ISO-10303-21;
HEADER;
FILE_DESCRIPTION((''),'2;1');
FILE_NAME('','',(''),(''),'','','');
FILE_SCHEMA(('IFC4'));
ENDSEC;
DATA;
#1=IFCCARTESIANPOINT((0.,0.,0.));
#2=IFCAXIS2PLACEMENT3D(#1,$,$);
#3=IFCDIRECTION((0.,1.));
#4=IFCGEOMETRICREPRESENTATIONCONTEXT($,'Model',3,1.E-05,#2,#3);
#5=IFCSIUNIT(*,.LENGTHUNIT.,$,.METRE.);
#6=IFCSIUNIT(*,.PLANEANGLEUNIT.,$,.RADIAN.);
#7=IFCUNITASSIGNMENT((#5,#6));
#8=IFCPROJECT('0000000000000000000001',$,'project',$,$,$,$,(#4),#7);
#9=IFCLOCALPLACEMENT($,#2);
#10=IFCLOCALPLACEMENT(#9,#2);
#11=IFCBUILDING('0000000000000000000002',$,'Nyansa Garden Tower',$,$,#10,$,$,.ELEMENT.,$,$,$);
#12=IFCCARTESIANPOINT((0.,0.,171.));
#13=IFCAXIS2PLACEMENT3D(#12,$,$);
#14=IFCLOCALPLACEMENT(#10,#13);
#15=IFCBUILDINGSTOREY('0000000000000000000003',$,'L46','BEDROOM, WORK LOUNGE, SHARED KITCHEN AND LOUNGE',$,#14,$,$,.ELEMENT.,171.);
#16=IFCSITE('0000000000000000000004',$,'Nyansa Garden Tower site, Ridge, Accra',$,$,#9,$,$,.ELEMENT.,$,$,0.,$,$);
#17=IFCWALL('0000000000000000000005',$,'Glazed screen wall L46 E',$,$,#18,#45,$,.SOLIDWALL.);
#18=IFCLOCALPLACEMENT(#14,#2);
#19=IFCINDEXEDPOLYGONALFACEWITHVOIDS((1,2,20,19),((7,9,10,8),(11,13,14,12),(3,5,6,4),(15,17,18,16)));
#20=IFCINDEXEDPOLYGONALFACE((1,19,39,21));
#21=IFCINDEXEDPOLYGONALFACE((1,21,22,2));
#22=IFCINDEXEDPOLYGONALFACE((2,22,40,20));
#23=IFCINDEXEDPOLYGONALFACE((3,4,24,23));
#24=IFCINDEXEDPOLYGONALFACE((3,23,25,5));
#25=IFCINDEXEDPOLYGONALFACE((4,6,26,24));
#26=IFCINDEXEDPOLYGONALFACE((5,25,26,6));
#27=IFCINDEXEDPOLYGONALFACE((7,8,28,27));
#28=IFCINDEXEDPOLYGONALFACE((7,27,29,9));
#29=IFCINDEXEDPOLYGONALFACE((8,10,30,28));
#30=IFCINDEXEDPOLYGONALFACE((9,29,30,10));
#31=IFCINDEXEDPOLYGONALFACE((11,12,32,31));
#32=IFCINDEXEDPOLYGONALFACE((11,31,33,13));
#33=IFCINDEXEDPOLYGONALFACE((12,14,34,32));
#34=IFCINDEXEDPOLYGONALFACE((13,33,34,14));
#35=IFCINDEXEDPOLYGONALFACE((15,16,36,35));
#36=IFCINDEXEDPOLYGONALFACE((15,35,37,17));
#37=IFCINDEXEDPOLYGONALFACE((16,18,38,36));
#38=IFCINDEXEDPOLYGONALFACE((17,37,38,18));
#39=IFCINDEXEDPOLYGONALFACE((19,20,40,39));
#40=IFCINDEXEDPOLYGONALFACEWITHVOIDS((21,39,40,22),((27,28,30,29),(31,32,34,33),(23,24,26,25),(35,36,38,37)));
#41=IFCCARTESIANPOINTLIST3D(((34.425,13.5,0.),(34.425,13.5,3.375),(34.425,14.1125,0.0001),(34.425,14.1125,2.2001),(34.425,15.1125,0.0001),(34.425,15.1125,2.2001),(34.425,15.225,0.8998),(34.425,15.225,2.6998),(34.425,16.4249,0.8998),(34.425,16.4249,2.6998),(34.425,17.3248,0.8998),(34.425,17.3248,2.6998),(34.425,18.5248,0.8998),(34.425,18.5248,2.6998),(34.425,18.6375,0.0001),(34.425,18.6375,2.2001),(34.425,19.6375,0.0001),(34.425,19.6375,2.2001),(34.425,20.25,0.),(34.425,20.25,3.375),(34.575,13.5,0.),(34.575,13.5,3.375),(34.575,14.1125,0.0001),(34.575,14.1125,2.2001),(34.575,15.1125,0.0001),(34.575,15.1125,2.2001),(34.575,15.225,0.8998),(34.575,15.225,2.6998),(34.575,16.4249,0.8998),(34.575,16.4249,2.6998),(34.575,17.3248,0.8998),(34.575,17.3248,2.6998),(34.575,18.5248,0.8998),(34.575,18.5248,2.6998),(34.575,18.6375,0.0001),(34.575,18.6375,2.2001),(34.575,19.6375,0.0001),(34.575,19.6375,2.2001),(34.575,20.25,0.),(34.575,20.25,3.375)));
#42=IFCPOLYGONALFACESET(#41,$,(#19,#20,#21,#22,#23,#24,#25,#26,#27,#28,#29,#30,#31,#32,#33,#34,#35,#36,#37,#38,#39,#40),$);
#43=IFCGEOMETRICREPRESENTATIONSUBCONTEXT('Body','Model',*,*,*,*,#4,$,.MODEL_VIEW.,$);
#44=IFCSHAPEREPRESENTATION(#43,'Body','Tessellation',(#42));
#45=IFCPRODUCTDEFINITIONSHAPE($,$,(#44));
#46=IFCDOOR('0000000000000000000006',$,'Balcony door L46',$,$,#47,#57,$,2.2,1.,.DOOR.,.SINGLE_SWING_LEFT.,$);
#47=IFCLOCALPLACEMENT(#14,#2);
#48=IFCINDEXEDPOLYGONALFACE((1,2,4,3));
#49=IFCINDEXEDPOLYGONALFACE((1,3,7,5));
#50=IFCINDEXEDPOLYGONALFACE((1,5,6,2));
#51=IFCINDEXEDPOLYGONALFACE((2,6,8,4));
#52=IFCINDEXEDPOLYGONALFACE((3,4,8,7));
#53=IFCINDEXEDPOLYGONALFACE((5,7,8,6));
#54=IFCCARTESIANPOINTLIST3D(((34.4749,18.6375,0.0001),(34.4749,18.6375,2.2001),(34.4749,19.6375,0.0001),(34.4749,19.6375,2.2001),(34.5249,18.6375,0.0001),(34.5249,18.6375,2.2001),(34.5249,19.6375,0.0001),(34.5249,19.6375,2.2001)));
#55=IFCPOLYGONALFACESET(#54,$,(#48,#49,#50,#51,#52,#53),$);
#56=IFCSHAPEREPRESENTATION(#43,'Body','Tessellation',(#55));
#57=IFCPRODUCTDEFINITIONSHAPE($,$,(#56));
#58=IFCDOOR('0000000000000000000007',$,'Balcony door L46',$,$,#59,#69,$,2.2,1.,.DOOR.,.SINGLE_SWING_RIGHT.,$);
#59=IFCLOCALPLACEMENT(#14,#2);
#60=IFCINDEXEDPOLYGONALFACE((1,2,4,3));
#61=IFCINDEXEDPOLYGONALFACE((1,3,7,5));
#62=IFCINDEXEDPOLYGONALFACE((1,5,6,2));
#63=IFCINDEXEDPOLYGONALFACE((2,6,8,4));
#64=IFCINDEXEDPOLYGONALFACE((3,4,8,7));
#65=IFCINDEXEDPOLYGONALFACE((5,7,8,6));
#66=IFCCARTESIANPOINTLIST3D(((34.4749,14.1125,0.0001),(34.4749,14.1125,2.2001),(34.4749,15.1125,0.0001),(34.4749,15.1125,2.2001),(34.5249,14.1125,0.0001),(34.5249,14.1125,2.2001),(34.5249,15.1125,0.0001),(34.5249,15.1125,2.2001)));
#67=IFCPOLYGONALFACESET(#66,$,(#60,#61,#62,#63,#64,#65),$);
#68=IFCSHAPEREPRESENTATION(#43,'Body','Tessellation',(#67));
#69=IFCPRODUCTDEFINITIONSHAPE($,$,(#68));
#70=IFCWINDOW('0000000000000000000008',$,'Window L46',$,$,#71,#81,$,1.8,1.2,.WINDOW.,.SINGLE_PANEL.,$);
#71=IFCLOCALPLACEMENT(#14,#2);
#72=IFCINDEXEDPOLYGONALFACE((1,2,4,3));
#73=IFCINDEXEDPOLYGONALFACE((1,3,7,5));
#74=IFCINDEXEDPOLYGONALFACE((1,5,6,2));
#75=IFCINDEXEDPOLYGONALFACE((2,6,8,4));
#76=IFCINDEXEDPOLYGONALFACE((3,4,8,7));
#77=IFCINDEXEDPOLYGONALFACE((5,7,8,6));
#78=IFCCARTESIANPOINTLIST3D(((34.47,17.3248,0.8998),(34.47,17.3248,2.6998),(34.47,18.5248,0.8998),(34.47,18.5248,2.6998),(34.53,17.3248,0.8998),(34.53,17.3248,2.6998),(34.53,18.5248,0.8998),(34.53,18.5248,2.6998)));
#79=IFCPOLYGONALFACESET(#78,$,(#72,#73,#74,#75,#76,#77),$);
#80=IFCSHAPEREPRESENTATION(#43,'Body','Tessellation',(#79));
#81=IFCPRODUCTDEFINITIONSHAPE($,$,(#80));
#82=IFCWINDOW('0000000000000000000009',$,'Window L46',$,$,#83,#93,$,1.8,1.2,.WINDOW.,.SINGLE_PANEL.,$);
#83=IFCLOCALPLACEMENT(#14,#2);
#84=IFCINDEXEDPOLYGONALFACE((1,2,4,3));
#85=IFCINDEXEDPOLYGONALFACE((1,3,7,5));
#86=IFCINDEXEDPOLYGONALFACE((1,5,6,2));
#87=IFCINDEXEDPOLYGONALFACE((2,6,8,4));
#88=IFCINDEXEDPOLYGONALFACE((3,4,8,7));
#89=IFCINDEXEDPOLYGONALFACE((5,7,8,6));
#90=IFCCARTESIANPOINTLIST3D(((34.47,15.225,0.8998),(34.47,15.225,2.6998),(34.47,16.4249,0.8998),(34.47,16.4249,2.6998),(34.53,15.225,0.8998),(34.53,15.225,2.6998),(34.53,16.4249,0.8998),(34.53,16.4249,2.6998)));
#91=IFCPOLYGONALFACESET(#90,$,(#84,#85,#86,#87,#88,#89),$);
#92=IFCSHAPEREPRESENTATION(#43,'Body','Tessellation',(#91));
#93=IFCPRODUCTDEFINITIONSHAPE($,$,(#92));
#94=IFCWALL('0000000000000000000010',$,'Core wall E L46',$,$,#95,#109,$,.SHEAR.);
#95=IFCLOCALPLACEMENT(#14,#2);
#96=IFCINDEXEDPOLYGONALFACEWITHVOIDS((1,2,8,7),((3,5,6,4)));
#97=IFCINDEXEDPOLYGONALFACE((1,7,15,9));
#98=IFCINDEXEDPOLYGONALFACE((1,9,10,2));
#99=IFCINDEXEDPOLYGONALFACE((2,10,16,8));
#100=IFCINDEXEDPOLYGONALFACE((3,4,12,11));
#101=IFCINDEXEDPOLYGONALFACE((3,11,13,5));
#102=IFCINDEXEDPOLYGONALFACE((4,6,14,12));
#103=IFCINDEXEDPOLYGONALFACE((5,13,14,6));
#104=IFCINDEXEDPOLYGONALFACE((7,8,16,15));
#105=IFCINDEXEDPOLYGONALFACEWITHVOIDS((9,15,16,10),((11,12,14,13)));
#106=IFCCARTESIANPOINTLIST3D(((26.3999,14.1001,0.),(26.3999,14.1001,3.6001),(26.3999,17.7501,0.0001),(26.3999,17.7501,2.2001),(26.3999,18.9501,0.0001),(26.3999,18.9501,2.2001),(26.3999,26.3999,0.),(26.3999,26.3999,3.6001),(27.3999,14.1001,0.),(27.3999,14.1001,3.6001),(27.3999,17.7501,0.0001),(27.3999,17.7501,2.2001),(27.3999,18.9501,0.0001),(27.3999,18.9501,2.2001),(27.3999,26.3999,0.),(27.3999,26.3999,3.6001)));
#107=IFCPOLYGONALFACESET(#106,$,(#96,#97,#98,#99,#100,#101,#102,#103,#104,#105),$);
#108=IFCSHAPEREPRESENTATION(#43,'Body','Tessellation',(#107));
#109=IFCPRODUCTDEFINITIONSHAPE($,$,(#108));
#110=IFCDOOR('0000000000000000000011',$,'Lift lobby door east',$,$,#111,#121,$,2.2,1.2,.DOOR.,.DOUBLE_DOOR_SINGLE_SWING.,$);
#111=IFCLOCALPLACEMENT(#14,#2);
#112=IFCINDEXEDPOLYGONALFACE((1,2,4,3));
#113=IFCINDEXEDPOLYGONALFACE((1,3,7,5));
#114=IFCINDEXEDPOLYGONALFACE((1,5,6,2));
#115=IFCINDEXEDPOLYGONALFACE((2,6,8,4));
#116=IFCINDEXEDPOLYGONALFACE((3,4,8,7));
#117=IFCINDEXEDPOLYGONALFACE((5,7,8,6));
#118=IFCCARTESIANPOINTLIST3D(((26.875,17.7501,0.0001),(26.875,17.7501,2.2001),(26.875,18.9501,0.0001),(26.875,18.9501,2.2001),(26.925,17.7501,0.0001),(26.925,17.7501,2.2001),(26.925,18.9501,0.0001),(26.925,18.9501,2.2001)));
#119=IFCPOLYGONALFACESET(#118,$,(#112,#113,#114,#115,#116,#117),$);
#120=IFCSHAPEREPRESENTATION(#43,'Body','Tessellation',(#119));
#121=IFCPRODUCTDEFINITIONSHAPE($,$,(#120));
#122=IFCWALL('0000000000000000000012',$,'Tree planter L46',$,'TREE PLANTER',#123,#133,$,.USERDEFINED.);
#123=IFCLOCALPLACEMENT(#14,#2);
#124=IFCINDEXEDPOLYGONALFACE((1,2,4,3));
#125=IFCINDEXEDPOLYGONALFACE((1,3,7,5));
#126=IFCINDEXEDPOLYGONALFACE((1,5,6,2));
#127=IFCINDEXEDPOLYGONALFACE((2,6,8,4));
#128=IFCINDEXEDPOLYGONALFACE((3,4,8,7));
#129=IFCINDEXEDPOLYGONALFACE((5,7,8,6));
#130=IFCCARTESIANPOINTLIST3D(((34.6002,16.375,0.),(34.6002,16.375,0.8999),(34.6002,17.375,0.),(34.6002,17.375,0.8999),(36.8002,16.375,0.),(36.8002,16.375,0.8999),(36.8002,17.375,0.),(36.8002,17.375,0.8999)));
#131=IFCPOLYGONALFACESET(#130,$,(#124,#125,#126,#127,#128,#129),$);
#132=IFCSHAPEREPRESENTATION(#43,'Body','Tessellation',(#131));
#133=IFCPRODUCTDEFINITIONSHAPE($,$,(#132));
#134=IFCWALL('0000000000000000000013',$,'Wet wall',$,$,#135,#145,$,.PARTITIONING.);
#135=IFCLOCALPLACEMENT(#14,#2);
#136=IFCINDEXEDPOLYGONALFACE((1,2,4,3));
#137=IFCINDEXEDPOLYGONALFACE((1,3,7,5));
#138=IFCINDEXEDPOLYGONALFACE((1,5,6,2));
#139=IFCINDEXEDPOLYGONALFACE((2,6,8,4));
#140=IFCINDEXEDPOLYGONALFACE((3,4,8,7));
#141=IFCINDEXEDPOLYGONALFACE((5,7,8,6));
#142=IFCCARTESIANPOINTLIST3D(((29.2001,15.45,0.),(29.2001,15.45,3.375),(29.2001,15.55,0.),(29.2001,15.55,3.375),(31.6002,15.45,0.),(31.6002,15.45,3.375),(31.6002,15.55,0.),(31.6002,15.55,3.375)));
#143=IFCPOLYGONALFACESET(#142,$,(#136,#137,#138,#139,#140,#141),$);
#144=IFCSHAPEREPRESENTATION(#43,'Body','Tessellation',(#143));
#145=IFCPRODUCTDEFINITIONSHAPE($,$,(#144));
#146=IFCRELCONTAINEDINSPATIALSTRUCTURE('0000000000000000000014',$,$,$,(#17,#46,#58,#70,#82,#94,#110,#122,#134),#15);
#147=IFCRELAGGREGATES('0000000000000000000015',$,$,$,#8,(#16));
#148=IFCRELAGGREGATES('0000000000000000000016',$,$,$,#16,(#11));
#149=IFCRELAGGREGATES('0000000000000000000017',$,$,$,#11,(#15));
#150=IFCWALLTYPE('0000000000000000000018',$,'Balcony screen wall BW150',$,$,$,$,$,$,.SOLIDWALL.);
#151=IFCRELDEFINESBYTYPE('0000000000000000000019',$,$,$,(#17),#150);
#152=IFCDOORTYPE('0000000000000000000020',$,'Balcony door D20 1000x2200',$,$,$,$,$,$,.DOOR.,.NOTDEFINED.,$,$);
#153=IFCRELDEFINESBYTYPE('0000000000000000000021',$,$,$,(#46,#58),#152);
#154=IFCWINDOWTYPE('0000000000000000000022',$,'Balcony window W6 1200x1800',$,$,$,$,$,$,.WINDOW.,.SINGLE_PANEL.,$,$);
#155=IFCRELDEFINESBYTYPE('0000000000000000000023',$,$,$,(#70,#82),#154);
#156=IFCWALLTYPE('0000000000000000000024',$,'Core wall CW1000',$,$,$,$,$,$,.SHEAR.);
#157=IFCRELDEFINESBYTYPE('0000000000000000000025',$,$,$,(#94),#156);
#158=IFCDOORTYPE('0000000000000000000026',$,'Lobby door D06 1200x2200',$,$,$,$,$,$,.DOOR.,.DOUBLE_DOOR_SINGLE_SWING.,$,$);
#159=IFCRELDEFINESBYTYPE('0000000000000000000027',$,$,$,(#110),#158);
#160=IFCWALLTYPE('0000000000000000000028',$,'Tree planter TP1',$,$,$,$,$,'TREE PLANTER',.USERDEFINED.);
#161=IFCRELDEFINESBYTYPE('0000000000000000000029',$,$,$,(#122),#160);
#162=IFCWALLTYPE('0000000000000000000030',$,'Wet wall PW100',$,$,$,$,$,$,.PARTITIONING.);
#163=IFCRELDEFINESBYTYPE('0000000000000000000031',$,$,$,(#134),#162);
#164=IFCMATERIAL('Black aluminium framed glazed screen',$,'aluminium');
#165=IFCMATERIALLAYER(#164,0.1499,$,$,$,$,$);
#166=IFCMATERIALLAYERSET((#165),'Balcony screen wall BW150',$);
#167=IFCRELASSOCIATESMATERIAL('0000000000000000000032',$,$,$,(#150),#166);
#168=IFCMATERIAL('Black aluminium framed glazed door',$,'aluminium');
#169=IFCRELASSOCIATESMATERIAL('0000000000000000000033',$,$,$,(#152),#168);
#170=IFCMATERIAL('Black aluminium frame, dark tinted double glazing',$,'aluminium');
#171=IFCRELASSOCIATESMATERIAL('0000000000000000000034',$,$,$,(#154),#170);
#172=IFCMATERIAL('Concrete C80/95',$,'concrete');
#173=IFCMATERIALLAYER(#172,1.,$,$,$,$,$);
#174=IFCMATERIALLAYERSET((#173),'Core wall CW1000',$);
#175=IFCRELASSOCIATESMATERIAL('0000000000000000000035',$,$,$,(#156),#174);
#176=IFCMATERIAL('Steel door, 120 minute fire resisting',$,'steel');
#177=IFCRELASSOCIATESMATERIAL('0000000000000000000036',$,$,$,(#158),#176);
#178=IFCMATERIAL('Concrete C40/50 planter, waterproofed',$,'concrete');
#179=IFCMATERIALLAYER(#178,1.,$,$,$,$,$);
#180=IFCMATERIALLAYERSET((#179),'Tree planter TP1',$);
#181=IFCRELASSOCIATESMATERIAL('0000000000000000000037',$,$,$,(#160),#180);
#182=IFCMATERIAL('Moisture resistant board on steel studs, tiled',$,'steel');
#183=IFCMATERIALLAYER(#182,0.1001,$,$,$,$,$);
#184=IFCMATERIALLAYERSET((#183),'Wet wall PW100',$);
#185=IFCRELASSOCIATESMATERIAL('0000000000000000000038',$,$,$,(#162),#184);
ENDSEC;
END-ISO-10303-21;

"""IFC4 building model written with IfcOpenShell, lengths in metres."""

from ifc_helpers import new_model, si_unit, direction, frame, frame_2d, origin, place, context, subcontext, project, spatial, rectangle, extrude, material, layer, layer_set, type_object, element, fill, save


model = new_model("IFC4")

# Units and contexts
model_context = context("Model", 3, precision=1e-05, world=origin(), true_north=direction((0.0, 1.0)))
body_context = subcontext(model_context, "Body", "Model", "MODEL_VIEW")
ifc_project = project(units=[si_unit("LENGTHUNIT", "METRE"), si_unit("PLANEANGLEUNIT", "RADIAN")], contexts=[model_context])

# Site, building, storey
site_placement = place(None, origin())
site = spatial("IfcSite", under=ifc_project, at=site_placement, Name="Nyansa Garden Tower site, Ridge, Accra", CompositionType="ELEMENT", RefElevation=0.0)
building_placement = place(site_placement, origin())
building = spatial("IfcBuilding", under=site, at=building_placement, Name="Nyansa Garden Tower", CompositionType="ELEMENT")
storey_placement = place(building_placement, frame((0.0, 0.0, 171.0)))
storey = spatial("IfcBuildingStorey", under=building, at=storey_placement, Name="L46", Description="BEDROOM, WORK LOUNGE, SHARED KITCHEN AND LOUNGE", CompositionType="ELEMENT", Elevation=171.0)

# Wall, openings, doors, windows
ifc_material_1 = material(Name="Black aluminium framed glazed screen", Category="aluminium")
ifc_layer_1 = layer(ifc_material_1, 0.1499)
ifc_layer_set_1 = layer_set([ifc_layer_1], Name="Balcony screen wall BW150")
wall_type_1 = type_object("IfcWallType", Name="Balcony screen wall BW150", PredefinedType="SOLIDWALL", material=ifc_layer_set_1)
wall_1_placement = place(storey_placement, frame((34.5, 20.25, 0.0), z_axis=(0.0, 0.0, 1.0), x_axis=(0.0, -1.0, 0.0)))
wall_1 = element("IfcWall", 1, at=wall_1_placement, inside=storey, type_object=wall_type_1, Name="Glazed screen wall L46 E", PredefinedType="SOLIDWALL", context=body_context, shape_type="SweptSolid", body=[
    extrude(rectangle(XDim=6.75, YDim=0.1499, at=frame_2d((3.375, 0.0))), origin(), (0.0, 0.0, 1.0), 3.375),
])
opening_1_placement = place(wall_1_placement, frame((0.6125, 0.0, 0.0)))
opening_1 = element("IfcOpeningElement", 2, at=opening_1_placement, cuts=wall_1, PredefinedType="OPENING", context=body_context, shape_type="SweptSolid", body=[
    extrude(rectangle(XDim=1.0, YDim=2.2, at=frame_2d((0.5, 1.1001))), frame((0.0, 0.085, 0.0), z_axis=(0.0, -1.0, 0.0), x_axis=(1.0, 0.0, 0.0)), (0.0, 0.0, 1.0), 0.1699),
])
opening_2_placement = place(wall_1_placement, frame((1.7251, 0.0, 0.8999)))
opening_2 = element("IfcOpeningElement", 3, at=opening_2_placement, cuts=wall_1, PredefinedType="OPENING", context=body_context, shape_type="SweptSolid", body=[
    extrude(rectangle(XDim=1.2, YDim=1.8, at=frame_2d((0.6001, 0.8999))), frame((0.0, 0.085, 0.0), z_axis=(0.0, -1.0, 0.0), x_axis=(1.0, 0.0, 0.0)), (0.0, 0.0, 1.0), 0.1699),
])
opening_3_placement = place(wall_1_placement, frame((5.1375, 0.0, 0.0)))
opening_3 = element("IfcOpeningElement", 4, at=opening_3_placement, cuts=wall_1, PredefinedType="OPENING", context=body_context, shape_type="SweptSolid", body=[
    extrude(rectangle(XDim=1.0, YDim=2.2, at=frame_2d((0.5, 1.1001))), frame((0.0, 0.085, 0.0), z_axis=(0.0, -1.0, 0.0), x_axis=(1.0, 0.0, 0.0)), (0.0, 0.0, 1.0), 0.1699),
])
opening_4_placement = place(wall_1_placement, frame((3.825, 0.0, 0.8999)))
opening_4 = element("IfcOpeningElement", 5, at=opening_4_placement, cuts=wall_1, PredefinedType="OPENING", context=body_context, shape_type="SweptSolid", body=[
    extrude(rectangle(XDim=1.2, YDim=1.8, at=frame_2d((0.6001, 0.8999))), frame((0.0, 0.085, 0.0), z_axis=(0.0, -1.0, 0.0), x_axis=(1.0, 0.0, 0.0)), (0.0, 0.0, 1.0), 0.1699),
])
ifc_material_2 = material(Name="Black aluminium framed glazed door", Category="aluminium")
door_type_1 = type_object("IfcDoorType", Name="Balcony door D20 1000x2200", OperationType="NOTDEFINED", PredefinedType="DOOR", material=ifc_material_2)
door_1_placement = place(opening_1_placement, origin())
door_1 = element("IfcDoor", 6, at=door_1_placement, inside=storey, type_object=door_type_1, Name="Balcony door L46", OperationType="SINGLE_SWING_LEFT", OverallHeight=2.2, OverallWidth=1.0, PredefinedType="DOOR", context=body_context, shape_type="SweptSolid", body=[
    extrude(rectangle(XDim=1.0, YDim=2.2, at=frame_2d((0.5, 1.1001))), frame((0.0, 0.0249, 0.0), z_axis=(0.0, -1.0, 0.0), x_axis=(1.0, 0.0, 0.0)), (0.0, 0.0, 1.0), 0.05),
])
fill(opening_1, door_1)
door_2_placement = place(opening_3_placement, origin())
door_2 = element("IfcDoor", 7, at=door_2_placement, inside=storey, type_object=door_type_1, Name="Balcony door L46", OperationType="SINGLE_SWING_RIGHT", OverallHeight=2.2, OverallWidth=1.0, PredefinedType="DOOR", context=body_context, shape_type="SweptSolid", body=[
    extrude(rectangle(XDim=1.0, YDim=2.2, at=frame_2d((0.5, 1.1001))), frame((0.0, 0.0249, 0.0), z_axis=(0.0, -1.0, 0.0), x_axis=(1.0, 0.0, 0.0)), (0.0, 0.0, 1.0), 0.05),
])
fill(opening_3, door_2)
ifc_material_3 = material(Name="Black aluminium frame, dark tinted double glazing", Category="aluminium")
window_type = type_object("IfcWindowType", Name="Balcony window W6 1200x1800", PartitioningType="SINGLE_PANEL", PredefinedType="WINDOW", material=ifc_material_3)
window_1_placement = place(opening_2_placement, origin())
window_1 = element("IfcWindow", 8, at=window_1_placement, inside=storey, type_object=window_type, Name="Window L46", OverallHeight=1.8, OverallWidth=1.2, PartitioningType="SINGLE_PANEL", PredefinedType="WINDOW", context=body_context, shape_type="SweptSolid", body=[
    extrude(rectangle(XDim=1.2, YDim=1.8, at=frame_2d((0.6001, 0.8999))), frame((0.0, 0.03, 0.0), z_axis=(0.0, -1.0, 0.0), x_axis=(1.0, 0.0, 0.0)), (0.0, 0.0, 1.0), 0.0601),
])
fill(opening_2, window_1)
window_2_placement = place(opening_4_placement, origin())
window_2 = element("IfcWindow", 9, at=window_2_placement, inside=storey, type_object=window_type, Name="Window L46", OverallHeight=1.8, OverallWidth=1.2, PartitioningType="SINGLE_PANEL", PredefinedType="WINDOW", context=body_context, shape_type="SweptSolid", body=[
    extrude(rectangle(XDim=1.2, YDim=1.8, at=frame_2d((0.6001, 0.8999))), frame((0.0, 0.03, 0.0), z_axis=(0.0, -1.0, 0.0), x_axis=(1.0, 0.0, 0.0)), (0.0, 0.0, 1.0), 0.0601),
])
fill(opening_4, window_2)

# Wall, opening, door
ifc_material_4 = material(Name="Concrete C80/95", Category="concrete")
ifc_layer_2 = layer(ifc_material_4, 1.0)
ifc_layer_set_2 = layer_set([ifc_layer_2], Name="Core wall CW1000")
wall_type_2 = type_object("IfcWallType", Name="Core wall CW1000", PredefinedType="SHEAR", material=ifc_layer_set_2)
wall_2_placement = place(storey_placement, frame((26.8999, 14.1001, 0.0), z_axis=(0.0, 0.0, 1.0), x_axis=(0.0, 1.0, 0.0)))
wall_2 = element("IfcWall", 10, at=wall_2_placement, inside=storey, type_object=wall_type_2, Name="Core wall E L46", PredefinedType="SHEAR", context=body_context, shape_type="SweptSolid", body=[
    extrude(rectangle(XDim=12.2998, YDim=1.0, at=frame_2d((6.1499, 0.0))), origin(), (0.0, 0.0, 1.0), 3.6001),
])
opening_5_placement = place(wall_2_placement, frame((3.6499, 0.0, 0.0)))
opening_5 = element("IfcOpeningElement", 11, at=opening_5_placement, cuts=wall_2, PredefinedType="OPENING", context=body_context, shape_type="SweptSolid", body=[
    extrude(rectangle(XDim=1.2, YDim=2.2, at=frame_2d((0.6001, 1.1001))), frame((0.0, 0.51, 0.0), z_axis=(0.0, -1.0, 0.0), x_axis=(1.0, 0.0, 0.0)), (0.0, 0.0, 1.0), 1.02),
])
ifc_material_5 = material(Name="Steel door, 120 minute fire resisting", Category="steel")
door_type_2 = type_object("IfcDoorType", Name="Lobby door D06 1200x2200", OperationType="DOUBLE_DOOR_SINGLE_SWING", PredefinedType="DOOR", material=ifc_material_5)
door_3_placement = place(opening_5_placement, origin())
door_3 = element("IfcDoor", 12, at=door_3_placement, inside=storey, type_object=door_type_2, Name="Lift lobby door east", OperationType="DOUBLE_DOOR_SINGLE_SWING", OverallHeight=2.2, OverallWidth=1.2, PredefinedType="DOOR", context=body_context, shape_type="SweptSolid", body=[
    extrude(rectangle(XDim=1.2, YDim=2.2, at=frame_2d((0.6001, 1.1001))), frame((0.0, 0.0249, 0.0), z_axis=(0.0, -1.0, 0.0), x_axis=(1.0, 0.0, 0.0)), (0.0, 0.0, 1.0), 0.05),
])
fill(opening_5, door_3)

# Walls
ifc_material_6 = material(Name="Concrete C40/50 planter, waterproofed", Category="concrete")
ifc_layer_3 = layer(ifc_material_6, 1.0)
ifc_layer_set_3 = layer_set([ifc_layer_3], Name="Tree planter TP1")
wall_type_3 = type_object("IfcWallType", Name="Tree planter TP1", ElementType="TREE PLANTER", PredefinedType="USERDEFINED", material=ifc_layer_set_3)
wall_3_placement = place(storey_placement, frame((34.6001, 16.875, 0.0), z_axis=(0.0, 0.0, 1.0), x_axis=(1.0, 0.0, 0.0)))
element("IfcWall", 13, at=wall_3_placement, inside=storey, type_object=wall_type_3, Name="Tree planter L46", ObjectType="TREE PLANTER", PredefinedType="USERDEFINED", context=body_context, shape_type="SweptSolid", body=[
    extrude(rectangle(XDim=2.2, YDim=1.0, at=frame_2d((1.1001, 0.0))), origin(), (0.0, 0.0, 1.0), 0.8999),
])
ifc_material_7 = material(Name="Moisture resistant board on steel studs, tiled", Category="steel")
ifc_layer_4 = layer(ifc_material_7, 0.1001)
ifc_layer_set_4 = layer_set([ifc_layer_4], Name="Wet wall PW100")
wall_type_4 = type_object("IfcWallType", Name="Wet wall PW100", PredefinedType="PARTITIONING", material=ifc_layer_set_4)
wall_4_placement = place(storey_placement, frame((29.2, 15.5, 0.0), z_axis=(0.0, 0.0, 1.0), x_axis=(1.0, 0.0, 0.0)))
element("IfcWall", 14, at=wall_4_placement, inside=storey, type_object=wall_type_4, Name="Wet wall", PredefinedType="PARTITIONING", context=body_context, shape_type="SweptSolid", body=[
    extrude(rectangle(XDim=2.4001, YDim=0.1001, at=frame_2d((1.2002, 0.0))), origin(), (0.0, 0.0, 1.0), 3.375),
])

save(model, "model.ifc")
